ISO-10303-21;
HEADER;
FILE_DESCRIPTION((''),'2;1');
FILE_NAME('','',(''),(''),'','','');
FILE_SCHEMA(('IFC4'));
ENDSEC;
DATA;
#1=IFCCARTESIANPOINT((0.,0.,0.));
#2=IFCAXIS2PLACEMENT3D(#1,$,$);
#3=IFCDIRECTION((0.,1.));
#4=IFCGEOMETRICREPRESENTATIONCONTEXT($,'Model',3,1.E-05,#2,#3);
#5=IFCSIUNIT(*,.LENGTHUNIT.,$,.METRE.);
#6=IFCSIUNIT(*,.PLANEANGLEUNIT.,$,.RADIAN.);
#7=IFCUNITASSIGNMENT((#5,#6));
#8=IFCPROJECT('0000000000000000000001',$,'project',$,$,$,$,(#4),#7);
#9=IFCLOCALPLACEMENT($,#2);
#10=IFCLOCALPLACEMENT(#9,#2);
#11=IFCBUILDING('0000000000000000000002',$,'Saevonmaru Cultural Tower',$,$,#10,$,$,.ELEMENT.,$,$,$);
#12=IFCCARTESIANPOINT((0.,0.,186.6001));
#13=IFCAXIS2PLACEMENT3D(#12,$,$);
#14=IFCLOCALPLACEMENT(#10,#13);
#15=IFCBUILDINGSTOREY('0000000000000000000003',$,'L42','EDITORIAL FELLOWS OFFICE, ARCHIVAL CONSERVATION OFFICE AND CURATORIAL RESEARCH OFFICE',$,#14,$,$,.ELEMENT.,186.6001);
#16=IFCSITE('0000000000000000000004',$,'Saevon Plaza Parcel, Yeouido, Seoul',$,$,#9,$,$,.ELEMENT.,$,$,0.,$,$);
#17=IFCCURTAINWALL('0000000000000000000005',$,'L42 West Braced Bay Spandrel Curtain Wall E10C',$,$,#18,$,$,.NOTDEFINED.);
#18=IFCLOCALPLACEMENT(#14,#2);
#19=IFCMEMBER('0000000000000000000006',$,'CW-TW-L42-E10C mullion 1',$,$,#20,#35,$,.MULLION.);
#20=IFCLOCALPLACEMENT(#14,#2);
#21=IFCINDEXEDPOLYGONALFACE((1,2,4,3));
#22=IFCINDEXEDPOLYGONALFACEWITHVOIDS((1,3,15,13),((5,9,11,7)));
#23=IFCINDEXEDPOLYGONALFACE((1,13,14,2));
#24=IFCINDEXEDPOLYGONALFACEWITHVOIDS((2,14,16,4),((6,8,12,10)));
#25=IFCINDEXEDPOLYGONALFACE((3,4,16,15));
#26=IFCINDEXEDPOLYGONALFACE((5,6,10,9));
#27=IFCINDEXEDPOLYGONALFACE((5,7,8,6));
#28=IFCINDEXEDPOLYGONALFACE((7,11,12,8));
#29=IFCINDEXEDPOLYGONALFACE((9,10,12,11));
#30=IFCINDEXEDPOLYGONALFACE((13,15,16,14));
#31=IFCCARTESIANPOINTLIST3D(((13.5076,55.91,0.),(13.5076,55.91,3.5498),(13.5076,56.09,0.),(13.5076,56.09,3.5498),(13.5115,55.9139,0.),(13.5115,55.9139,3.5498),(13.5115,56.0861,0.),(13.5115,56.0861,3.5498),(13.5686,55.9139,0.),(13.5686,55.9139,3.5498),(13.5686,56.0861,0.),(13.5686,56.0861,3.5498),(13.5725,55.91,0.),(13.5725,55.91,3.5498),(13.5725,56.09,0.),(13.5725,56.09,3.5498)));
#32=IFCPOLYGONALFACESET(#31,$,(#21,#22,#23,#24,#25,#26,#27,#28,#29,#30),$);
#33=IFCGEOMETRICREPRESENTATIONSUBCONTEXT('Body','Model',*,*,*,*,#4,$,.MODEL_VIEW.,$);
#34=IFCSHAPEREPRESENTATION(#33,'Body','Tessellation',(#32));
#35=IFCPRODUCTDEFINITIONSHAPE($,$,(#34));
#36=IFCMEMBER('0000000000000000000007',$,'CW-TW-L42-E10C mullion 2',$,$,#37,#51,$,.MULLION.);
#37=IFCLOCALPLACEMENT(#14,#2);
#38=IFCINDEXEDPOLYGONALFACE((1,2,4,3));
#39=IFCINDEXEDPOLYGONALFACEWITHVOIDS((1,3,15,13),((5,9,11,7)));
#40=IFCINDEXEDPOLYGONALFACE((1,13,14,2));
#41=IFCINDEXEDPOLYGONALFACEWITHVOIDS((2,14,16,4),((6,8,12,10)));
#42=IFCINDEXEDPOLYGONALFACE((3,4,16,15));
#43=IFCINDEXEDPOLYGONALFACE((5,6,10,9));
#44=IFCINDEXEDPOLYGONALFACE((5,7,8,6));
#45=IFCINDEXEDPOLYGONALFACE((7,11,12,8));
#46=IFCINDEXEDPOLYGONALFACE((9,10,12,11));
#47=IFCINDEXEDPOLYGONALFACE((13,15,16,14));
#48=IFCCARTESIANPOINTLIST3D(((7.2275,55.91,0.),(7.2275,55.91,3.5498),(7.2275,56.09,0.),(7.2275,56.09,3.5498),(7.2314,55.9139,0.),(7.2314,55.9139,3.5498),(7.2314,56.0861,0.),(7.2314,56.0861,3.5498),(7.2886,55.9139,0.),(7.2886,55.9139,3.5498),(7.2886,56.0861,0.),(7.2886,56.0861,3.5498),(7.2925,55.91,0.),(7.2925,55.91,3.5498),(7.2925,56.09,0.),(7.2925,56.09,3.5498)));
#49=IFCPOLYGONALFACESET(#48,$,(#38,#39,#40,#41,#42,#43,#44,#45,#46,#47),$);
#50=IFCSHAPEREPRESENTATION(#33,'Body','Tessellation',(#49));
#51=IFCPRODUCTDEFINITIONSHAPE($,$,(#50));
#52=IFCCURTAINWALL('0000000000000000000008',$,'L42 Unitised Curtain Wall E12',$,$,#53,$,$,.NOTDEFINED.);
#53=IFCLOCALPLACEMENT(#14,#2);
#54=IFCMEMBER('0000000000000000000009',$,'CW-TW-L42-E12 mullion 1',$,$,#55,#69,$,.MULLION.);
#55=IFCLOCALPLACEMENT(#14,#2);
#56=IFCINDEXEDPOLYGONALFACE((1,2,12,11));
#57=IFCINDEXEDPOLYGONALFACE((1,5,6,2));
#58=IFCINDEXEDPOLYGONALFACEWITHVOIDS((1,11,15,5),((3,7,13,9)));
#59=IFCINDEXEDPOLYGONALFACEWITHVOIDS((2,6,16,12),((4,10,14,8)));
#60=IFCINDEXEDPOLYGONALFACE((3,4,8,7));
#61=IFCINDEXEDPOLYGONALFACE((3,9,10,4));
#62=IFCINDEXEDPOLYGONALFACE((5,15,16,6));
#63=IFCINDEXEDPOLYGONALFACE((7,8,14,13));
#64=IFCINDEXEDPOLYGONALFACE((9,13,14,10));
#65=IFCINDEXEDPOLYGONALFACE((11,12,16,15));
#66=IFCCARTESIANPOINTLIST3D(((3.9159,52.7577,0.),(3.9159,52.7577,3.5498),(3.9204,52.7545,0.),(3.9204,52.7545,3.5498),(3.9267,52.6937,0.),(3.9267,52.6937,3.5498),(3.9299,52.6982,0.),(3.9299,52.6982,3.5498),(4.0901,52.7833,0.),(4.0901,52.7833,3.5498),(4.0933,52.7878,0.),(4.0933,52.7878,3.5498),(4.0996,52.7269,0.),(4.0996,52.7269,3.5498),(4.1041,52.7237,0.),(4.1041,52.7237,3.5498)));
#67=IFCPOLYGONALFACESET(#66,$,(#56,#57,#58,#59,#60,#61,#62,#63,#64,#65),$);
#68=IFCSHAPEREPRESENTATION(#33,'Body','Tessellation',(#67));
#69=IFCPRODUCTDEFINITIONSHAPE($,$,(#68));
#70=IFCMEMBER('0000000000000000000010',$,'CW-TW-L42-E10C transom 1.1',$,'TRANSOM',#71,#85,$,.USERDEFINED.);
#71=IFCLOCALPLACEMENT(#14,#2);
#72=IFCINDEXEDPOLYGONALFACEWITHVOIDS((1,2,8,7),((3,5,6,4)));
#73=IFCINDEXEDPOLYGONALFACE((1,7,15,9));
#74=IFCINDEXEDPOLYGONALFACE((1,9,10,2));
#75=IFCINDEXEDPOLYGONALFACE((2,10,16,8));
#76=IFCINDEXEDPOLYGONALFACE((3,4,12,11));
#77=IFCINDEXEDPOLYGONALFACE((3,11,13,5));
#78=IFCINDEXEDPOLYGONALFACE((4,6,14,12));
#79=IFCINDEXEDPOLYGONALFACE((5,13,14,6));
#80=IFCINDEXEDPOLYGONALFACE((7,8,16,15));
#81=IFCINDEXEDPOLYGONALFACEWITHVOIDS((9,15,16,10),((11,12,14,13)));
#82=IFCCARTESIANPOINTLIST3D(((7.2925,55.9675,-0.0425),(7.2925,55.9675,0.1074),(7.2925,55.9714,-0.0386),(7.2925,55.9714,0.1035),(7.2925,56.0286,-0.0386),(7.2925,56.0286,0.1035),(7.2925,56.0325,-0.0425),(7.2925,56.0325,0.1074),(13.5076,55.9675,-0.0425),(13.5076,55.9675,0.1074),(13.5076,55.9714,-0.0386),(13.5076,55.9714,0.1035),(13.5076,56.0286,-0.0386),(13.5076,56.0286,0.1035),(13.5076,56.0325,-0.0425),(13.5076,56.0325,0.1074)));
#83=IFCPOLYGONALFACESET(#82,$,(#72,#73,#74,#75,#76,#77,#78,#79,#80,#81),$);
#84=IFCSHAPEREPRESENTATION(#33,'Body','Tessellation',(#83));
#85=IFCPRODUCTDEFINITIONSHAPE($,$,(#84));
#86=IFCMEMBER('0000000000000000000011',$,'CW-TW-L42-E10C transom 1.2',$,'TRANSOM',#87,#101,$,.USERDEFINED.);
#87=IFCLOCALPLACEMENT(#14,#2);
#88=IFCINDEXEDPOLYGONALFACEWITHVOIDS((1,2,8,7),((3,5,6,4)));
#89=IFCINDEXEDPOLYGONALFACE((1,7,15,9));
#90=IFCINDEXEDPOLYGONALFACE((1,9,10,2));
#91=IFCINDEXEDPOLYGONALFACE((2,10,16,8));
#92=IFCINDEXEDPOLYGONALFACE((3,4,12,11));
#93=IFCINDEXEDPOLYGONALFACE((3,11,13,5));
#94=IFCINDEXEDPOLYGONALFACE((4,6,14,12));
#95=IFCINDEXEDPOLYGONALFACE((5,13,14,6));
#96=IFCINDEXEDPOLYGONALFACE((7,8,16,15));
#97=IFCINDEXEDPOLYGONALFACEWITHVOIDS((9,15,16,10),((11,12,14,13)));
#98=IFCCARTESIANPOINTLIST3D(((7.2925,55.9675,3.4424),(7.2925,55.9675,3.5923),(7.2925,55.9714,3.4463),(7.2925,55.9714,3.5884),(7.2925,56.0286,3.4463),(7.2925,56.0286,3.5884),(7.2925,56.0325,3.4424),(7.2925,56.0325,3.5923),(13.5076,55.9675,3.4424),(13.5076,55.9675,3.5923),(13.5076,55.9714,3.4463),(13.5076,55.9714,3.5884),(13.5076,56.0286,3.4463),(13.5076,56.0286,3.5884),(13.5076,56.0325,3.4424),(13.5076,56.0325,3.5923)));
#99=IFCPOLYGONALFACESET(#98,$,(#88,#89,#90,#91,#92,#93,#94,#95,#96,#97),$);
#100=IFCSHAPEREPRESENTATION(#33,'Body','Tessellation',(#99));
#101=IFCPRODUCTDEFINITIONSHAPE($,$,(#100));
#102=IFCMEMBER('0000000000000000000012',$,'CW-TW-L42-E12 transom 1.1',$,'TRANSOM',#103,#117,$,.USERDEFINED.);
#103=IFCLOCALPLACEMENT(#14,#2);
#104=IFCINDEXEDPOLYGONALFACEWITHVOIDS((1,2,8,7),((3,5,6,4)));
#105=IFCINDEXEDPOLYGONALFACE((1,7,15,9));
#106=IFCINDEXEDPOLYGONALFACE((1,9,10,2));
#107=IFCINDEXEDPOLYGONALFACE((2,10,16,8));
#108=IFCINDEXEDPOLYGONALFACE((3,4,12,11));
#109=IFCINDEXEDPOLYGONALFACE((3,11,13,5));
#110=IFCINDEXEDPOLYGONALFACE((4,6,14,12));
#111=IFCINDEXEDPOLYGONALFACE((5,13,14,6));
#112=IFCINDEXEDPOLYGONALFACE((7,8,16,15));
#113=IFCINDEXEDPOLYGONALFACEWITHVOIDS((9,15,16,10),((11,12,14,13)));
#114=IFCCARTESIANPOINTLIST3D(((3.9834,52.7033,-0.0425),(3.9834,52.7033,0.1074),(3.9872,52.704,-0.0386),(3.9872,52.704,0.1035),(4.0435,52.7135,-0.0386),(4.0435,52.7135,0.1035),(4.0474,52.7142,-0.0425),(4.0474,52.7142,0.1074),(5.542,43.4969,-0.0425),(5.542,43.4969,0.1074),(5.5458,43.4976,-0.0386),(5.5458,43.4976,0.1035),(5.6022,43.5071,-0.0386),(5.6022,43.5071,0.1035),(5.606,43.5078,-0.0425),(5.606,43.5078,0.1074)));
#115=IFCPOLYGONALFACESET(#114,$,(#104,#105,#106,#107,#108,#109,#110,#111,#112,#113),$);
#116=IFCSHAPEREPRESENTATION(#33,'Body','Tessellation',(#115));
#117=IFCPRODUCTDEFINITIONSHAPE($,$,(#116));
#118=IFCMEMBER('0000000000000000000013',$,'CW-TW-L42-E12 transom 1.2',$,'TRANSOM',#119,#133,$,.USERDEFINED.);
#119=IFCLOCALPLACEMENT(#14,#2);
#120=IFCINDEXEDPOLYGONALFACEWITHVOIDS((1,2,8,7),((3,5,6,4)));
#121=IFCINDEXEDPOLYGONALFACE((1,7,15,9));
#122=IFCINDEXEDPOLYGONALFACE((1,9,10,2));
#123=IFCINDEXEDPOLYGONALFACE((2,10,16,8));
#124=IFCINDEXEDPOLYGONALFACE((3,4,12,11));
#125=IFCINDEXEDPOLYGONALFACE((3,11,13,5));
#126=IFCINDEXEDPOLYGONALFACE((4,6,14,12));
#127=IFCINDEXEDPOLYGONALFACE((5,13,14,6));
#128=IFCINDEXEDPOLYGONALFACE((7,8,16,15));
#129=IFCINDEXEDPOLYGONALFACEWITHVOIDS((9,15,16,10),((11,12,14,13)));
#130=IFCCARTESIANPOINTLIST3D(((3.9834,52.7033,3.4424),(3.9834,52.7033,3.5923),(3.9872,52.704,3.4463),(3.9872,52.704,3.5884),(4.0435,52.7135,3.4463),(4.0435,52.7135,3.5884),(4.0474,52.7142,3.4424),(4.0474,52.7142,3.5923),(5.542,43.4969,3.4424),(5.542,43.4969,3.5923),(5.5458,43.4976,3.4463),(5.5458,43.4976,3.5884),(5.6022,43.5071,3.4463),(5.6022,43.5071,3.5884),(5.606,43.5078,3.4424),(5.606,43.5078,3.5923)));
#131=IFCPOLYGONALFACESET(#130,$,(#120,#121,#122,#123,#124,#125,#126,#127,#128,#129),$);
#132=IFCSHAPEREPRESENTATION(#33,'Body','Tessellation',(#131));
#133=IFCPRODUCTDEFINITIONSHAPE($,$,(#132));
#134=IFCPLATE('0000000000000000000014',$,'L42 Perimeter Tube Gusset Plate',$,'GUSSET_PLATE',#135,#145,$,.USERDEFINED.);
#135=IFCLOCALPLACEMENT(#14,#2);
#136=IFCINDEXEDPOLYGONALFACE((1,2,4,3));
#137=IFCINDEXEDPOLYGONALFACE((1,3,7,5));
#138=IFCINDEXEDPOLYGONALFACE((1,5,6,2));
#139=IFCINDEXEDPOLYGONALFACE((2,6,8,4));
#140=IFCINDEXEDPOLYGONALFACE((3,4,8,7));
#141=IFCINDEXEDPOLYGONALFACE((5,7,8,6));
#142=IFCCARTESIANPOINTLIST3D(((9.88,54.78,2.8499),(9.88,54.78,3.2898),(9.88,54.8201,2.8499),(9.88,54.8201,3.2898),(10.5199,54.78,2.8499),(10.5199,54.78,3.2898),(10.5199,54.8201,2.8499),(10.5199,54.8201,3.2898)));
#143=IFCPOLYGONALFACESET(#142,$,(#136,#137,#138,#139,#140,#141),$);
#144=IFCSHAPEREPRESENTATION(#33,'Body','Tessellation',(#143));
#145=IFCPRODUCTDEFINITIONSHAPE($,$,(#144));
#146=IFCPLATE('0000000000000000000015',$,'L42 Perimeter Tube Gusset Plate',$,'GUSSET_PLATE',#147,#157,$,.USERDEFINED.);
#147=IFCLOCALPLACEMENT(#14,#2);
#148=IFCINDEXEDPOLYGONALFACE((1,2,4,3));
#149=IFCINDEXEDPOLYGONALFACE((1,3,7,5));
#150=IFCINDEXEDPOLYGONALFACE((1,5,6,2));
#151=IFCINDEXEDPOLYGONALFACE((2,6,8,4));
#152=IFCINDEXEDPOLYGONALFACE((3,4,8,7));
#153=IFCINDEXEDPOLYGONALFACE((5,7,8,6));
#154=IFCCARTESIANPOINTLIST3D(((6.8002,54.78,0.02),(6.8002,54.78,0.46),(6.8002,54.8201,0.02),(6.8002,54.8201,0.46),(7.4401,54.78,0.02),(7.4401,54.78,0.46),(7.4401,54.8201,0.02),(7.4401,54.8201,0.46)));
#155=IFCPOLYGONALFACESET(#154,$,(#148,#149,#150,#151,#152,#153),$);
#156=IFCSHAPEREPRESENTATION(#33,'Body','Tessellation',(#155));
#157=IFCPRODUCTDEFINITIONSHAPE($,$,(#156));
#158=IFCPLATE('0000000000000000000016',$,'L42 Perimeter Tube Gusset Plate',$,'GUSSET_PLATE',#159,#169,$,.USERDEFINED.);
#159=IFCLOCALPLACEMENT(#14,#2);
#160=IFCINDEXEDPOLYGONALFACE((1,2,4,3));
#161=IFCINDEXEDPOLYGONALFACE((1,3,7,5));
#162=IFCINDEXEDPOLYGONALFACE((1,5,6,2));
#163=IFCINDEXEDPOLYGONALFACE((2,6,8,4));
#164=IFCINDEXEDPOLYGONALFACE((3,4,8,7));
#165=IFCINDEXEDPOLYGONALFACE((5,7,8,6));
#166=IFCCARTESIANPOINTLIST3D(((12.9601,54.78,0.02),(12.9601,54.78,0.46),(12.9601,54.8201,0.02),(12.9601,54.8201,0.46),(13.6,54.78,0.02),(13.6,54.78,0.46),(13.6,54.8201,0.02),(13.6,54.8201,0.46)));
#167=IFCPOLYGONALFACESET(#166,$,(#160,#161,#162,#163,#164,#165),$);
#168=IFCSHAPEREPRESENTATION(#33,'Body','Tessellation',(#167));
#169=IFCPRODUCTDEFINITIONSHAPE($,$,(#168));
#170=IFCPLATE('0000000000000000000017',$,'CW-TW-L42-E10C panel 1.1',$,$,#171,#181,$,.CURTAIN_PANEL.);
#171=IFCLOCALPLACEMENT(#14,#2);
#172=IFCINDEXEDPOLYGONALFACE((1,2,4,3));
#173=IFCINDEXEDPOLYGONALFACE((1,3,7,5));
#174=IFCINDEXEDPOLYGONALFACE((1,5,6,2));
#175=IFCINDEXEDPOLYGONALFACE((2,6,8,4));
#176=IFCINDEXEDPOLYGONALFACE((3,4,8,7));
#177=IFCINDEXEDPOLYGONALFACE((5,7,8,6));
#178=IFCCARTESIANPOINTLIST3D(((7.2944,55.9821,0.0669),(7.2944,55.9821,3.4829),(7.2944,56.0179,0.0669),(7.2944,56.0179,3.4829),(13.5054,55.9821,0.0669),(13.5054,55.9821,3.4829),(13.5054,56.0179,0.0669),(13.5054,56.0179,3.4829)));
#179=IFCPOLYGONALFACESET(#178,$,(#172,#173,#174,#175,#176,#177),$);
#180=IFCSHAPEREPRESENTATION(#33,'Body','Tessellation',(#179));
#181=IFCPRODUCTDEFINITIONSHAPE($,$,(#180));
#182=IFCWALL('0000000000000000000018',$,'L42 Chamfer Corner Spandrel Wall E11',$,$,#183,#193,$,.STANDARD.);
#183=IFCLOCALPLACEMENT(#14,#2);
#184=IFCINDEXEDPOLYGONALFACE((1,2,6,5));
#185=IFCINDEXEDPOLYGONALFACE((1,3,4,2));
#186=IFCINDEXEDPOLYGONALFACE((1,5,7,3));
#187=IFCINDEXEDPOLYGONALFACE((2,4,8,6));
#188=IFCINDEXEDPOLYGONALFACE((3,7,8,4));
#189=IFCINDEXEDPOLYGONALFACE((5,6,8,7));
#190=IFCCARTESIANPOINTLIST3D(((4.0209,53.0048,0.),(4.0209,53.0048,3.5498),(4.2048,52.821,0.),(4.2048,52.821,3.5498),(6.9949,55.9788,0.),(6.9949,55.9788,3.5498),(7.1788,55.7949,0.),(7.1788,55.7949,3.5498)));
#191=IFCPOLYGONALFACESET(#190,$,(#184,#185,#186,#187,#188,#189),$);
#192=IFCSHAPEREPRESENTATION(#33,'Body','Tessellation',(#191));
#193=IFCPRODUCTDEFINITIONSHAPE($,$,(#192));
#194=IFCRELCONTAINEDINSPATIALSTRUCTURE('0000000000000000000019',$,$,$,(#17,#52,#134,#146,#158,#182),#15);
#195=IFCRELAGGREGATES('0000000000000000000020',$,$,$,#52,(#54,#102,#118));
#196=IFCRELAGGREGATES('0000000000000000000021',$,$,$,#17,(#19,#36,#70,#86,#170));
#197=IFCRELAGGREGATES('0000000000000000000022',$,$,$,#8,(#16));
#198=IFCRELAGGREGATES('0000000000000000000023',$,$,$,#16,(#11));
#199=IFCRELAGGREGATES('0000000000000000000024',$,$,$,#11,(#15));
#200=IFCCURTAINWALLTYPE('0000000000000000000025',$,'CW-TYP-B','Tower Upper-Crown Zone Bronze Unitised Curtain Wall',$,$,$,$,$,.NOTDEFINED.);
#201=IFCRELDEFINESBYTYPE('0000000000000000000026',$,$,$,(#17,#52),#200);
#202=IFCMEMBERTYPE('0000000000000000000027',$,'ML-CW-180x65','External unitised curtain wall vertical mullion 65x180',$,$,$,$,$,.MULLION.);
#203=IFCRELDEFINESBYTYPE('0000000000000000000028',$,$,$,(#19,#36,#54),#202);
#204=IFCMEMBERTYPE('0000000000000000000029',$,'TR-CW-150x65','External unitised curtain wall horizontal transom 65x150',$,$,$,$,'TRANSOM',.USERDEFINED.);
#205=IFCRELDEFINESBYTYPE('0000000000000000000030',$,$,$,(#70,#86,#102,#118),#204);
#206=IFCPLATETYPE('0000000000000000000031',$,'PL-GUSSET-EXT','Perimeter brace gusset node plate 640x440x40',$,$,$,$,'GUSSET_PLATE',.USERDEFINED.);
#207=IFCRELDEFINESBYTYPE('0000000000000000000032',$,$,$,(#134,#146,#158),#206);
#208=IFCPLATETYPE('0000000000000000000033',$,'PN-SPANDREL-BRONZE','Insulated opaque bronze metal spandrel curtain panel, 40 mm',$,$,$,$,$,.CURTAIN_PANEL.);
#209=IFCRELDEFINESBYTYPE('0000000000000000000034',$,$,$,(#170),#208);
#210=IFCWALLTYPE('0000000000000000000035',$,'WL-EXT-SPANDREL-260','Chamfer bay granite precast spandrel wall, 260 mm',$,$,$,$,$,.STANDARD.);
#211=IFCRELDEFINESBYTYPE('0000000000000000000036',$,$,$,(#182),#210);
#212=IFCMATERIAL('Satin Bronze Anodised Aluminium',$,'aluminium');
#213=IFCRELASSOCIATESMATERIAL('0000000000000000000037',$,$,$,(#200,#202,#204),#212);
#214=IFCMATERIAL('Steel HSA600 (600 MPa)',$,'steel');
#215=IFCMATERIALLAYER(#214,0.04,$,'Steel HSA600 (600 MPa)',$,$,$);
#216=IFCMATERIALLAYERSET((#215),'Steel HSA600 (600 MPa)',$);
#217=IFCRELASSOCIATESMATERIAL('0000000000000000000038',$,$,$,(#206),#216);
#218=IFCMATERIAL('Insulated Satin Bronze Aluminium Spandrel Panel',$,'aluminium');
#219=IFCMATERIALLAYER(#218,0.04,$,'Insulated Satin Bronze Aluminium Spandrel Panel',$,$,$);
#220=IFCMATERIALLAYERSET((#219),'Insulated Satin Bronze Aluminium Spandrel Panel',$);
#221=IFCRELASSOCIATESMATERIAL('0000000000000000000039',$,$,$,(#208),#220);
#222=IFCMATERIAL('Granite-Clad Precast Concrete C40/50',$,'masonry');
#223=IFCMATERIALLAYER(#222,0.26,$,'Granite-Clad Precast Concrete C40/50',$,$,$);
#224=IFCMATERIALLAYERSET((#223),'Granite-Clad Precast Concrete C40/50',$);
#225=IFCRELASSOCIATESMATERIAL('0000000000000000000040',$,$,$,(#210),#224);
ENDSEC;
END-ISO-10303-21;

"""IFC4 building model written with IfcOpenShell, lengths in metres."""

from ifc_helpers import new_model, si_unit, direction, frame, frame_2d, origin, origin_2d, place, context, subcontext, project, spatial, rectangle, hollow_rectangle, extrude, material, layer, layer_set, material_profile, profile_set, type_object, element, aggregate, save


model = new_model("IFC4")

# Units and contexts
model_context = context("Model", 3, precision=1e-05, world=origin(), true_north=direction((0.0, 1.0)))
body_context = subcontext(model_context, "Body", "Model", "MODEL_VIEW")
ifc_project = project(units=[si_unit("LENGTHUNIT", "METRE"), si_unit("PLANEANGLEUNIT", "RADIAN")], contexts=[model_context])

# Site, building, storey
site_placement = place(None, origin())
site = spatial("IfcSite", under=ifc_project, at=site_placement, Name="Saevon Plaza Parcel, Yeouido, Seoul", CompositionType="ELEMENT", RefElevation=0.0)
building_placement = place(site_placement, origin())
building = spatial("IfcBuilding", under=site, at=building_placement, Name="Saevonmaru Cultural Tower", CompositionType="ELEMENT")
storey_placement = place(building_placement, frame((0.0, 0.0, 186.6001)))
storey = spatial("IfcBuildingStorey", under=building, at=storey_placement, Name="L42", Description="EDITORIAL FELLOWS OFFICE, ARCHIVAL CONSERVATION OFFICE AND CURATORIAL RESEARCH OFFICE", CompositionType="ELEMENT", Elevation=186.6001)

# Curtain wall, members
ifc_material_1 = material(Name="Satin Bronze Anodised Aluminium", Category="aluminium")
curtain_wall_type = type_object("IfcCurtainWallType", Name="CW-TYP-B", Description="Tower Upper-Crown Zone Bronze Unitised Curtain Wall", PredefinedType="NOTDEFINED", material=ifc_material_1)
curtain_wall_1_placement = place(storey_placement, origin())
curtain_wall_1 = element("IfcCurtainWall", 1, at=curtain_wall_1_placement, inside=storey, type_object=curtain_wall_type, Name="L42 West Braced Bay Spandrel Curtain Wall E10C", PredefinedType="NOTDEFINED")
ifc_material_profile_1 = material_profile(ifc_material_1, hollow_rectangle(XDim=0.0649, YDim=0.1799, WallThickness=0.0039, at=origin_2d()), Name="ALU-MULL-180x65x4")
ifc_profile_set_1 = profile_set([ifc_material_profile_1], Name="Satin Bronze Anodised Aluminium")
member_type_1 = type_object("IfcMemberType", Name="ML-CW-180x65", Description="External unitised curtain wall vertical mullion 65x180", PredefinedType="MULLION", material=ifc_profile_set_1)
member_1_placement = place(storey_placement, frame((13.54, 56.0, 0.0), z_axis=(0.0, 0.0, 1.0), x_axis=(-1.0, 0.0, 0.0)))
member_1 = element("IfcMember", 2, at=member_1_placement, type_object=member_type_1, Name="CW-TW-L42-E10C mullion 1", PredefinedType="MULLION", context=body_context, shape_type="SweptSolid", body=[
    extrude(hollow_rectangle(XDim=0.0649, YDim=0.1799, WallThickness=0.0039, at=origin_2d()), origin(), (0.0, 0.0, 1.0), 3.5498),
])
member_2_placement = place(storey_placement, frame((7.26, 56.0, 0.0), z_axis=(0.0, 0.0, 1.0), x_axis=(-1.0, 0.0, 0.0)))
member_2 = element("IfcMember", 3, at=member_2_placement, type_object=member_type_1, Name="CW-TW-L42-E10C mullion 2", PredefinedType="MULLION", context=body_context, shape_type="SweptSolid", body=[
    extrude(hollow_rectangle(XDim=0.0649, YDim=0.1799, WallThickness=0.0039, at=origin_2d()), origin(), (0.0, 0.0, 1.0), 3.5498),
])

# Curtain wall, member
curtain_wall_2_placement = place(storey_placement, origin())
curtain_wall_2 = element("IfcCurtainWall", 4, at=curtain_wall_2_placement, inside=storey, type_object=curtain_wall_type, Name="L42 Unitised Curtain Wall E12", PredefinedType="NOTDEFINED")
member_3_placement = place(storey_placement, frame((4.01, 52.7407, 0.0), z_axis=(0.0, 0.0, 1.0), x_axis=(0.166922, -0.98597, 0.0)))
member_3 = element("IfcMember", 5, at=member_3_placement, type_object=member_type_1, Name="CW-TW-L42-E12 mullion 1", PredefinedType="MULLION", context=body_context, shape_type="SweptSolid", body=[
    extrude(hollow_rectangle(XDim=0.0649, YDim=0.1799, WallThickness=0.0039, at=origin_2d()), origin(), (0.0, 0.0, 1.0), 3.5498),
])

# Members
ifc_material_profile_2 = material_profile(ifc_material_1, hollow_rectangle(XDim=0.0649, YDim=0.1499, WallThickness=0.0039, at=origin_2d()), Name="ALU-TRAN-150x65x4")
ifc_profile_set_2 = profile_set([ifc_material_profile_2], Name="Satin Bronze Anodised Aluminium")
member_type_2 = type_object("IfcMemberType", Name="TR-CW-150x65", Description="External unitised curtain wall horizontal transom 65x150", ElementType="TRANSOM", PredefinedType="USERDEFINED", material=ifc_profile_set_2)
member_4_placement = place(storey_placement, frame((13.5076, 56.0, 0.0325), z_axis=(-1.0, 0.0, 0.0), x_axis=(0.0, -1.0, 0.0)))
member_4 = element("IfcMember", 6, at=member_4_placement, type_object=member_type_2, Name="CW-TW-L42-E10C transom 1.1", ObjectType="TRANSOM", PredefinedType="USERDEFINED", context=body_context, shape_type="SweptSolid", body=[
    extrude(hollow_rectangle(XDim=0.0649, YDim=0.1499, WallThickness=0.0039, at=origin_2d()), origin(), (0.0, 0.0, 1.0), 6.2151),
])
member_5_placement = place(storey_placement, frame((13.5076, 56.0, 3.5173), z_axis=(-1.0, 0.0, 0.0), x_axis=(0.0, -1.0, 0.0)))
member_5 = element("IfcMember", 7, at=member_5_placement, type_object=member_type_2, Name="CW-TW-L42-E10C transom 1.2", ObjectType="TRANSOM", PredefinedType="USERDEFINED", context=body_context, shape_type="SweptSolid", body=[
    extrude(hollow_rectangle(XDim=0.0649, YDim=0.1499, WallThickness=0.0039, at=origin_2d()), origin(), (0.0, 0.0, 1.0), 6.2151),
])
member_6_placement = place(storey_placement, frame((4.0154, 52.7087, 0.0325), z_axis=(0.166921, -0.98597, 0.0), x_axis=(0.98597, 0.166921, 0.0)))
member_6 = element("IfcMember", 8, at=member_6_placement, type_object=member_type_2, Name="CW-TW-L42-E12 transom 1.1", ObjectType="TRANSOM", PredefinedType="USERDEFINED", context=body_context, shape_type="SweptSolid", body=[
    extrude(hollow_rectangle(XDim=0.0649, YDim=0.1499, WallThickness=0.0039, at=origin_2d()), origin(), (0.0, 0.0, 1.0), 9.3374),
])
member_7_placement = place(storey_placement, frame((4.0154, 52.7087, 3.5173), z_axis=(0.166921, -0.98597, 0.0), x_axis=(0.98597, 0.166921, 0.0)))
member_7 = element("IfcMember", 9, at=member_7_placement, type_object=member_type_2, Name="CW-TW-L42-E12 transom 1.2", ObjectType="TRANSOM", PredefinedType="USERDEFINED", context=body_context, shape_type="SweptSolid", body=[
    extrude(hollow_rectangle(XDim=0.0649, YDim=0.1499, WallThickness=0.0039, at=origin_2d()), origin(), (0.0, 0.0, 1.0), 9.3374),
])
aggregate(curtain_wall_2, [member_3, member_6, member_7])

# Plates
ifc_material_2 = material(Name="Steel HSA600 (600 MPa)", Category="steel")
ifc_layer_1 = layer(ifc_material_2, 0.04, Name="Steel HSA600 (600 MPa)")
ifc_layer_set_1 = layer_set([ifc_layer_1], Name="Steel HSA600 (600 MPa)")
plate_type_1 = type_object("IfcPlateType", Name="PL-GUSSET-EXT", Description="Perimeter brace gusset node plate 640x440x40", ElementType="GUSSET_PLATE", PredefinedType="USERDEFINED", material=ifc_layer_set_1)
for number, where, z_axis, x_axis, name in (
    (10, (10.2, 54.8, 2.8499), (0.0, 0.0, 1.0), (1.0, 0.0, 0.0), "L42 Perimeter Tube Gusset Plate"),
    (11, (7.1201, 54.8, 0.02), (0.0, 0.0, 1.0), (1.0, 0.0, 0.0), "L42 Perimeter Tube Gusset Plate"),
    (12, (13.28, 54.8, 0.02), (0.0, 0.0, 1.0), (1.0, 0.0, 0.0), "L42 Perimeter Tube Gusset Plate"),
):
    element("IfcPlate", number, at=place(storey_placement, frame(where, z_axis=z_axis, x_axis=x_axis)), inside=storey, type_object=plate_type_1, Name=name, ObjectType="GUSSET_PLATE", PredefinedType="USERDEFINED", context=body_context, shape_type="SweptSolid", body=[
        extrude(rectangle(XDim=0.6399, YDim=0.04, at=origin_2d()), origin(), (0.0, 0.0, 1.0), 0.4399),
    ])

# Plate
ifc_material_3 = material(Name="Insulated Satin Bronze Aluminium Spandrel Panel", Category="aluminium")
ifc_layer_2 = layer(ifc_material_3, 0.04, Name="Insulated Satin Bronze Aluminium Spandrel Panel")
ifc_layer_set_2 = layer_set([ifc_layer_2], Name="Insulated Satin Bronze Aluminium Spandrel Panel")
plate_type_2 = type_object("IfcPlateType", Name="PN-SPANDREL-BRONZE", Description="Insulated opaque bronze metal spandrel curtain panel, 40 mm", PredefinedType="CURTAIN_PANEL", material=ifc_layer_set_2)
plate_placement = place(storey_placement, frame((10.3999, 56.0, 0.0669), z_axis=(0.0, 0.0, 1.0), x_axis=(-1.0, 0.0, 0.0)))
plate = element("IfcPlate", 13, at=plate_placement, type_object=plate_type_2, Name="CW-TW-L42-E10C panel 1.1", PredefinedType="CURTAIN_PANEL", context=body_context, shape_type="SweptSolid", body=[
    extrude(rectangle(XDim=6.2109, YDim=0.0359, at=origin_2d()), origin(), (0.0, 0.0, 1.0), 3.416),
])
aggregate(curtain_wall_1, [member_1, member_2, member_4, member_5, plate])

# Wall
ifc_material_4 = material(Name="Granite-Clad Precast Concrete C40/50", Category="masonry")
ifc_layer_3 = layer(ifc_material_4, 0.26, Name="Granite-Clad Precast Concrete C40/50")
ifc_layer_set_3 = layer_set([ifc_layer_3], Name="Granite-Clad Precast Concrete C40/50")
wall_type_1 = type_object("IfcWallType", Name="WL-EXT-SPANDREL-260", Description="Chamfer bay granite precast spandrel wall, 260 mm", PredefinedType="STANDARD", material=ifc_layer_set_3)
wall_1_placement = place(storey_placement, frame((7.0869, 55.887, 0.0), z_axis=(0.0, 0.0, 1.0), x_axis=(-0.707107, -0.707107, 0.0)))
element("IfcWall", 14, at=wall_1_placement, inside=storey, type_object=wall_type_1, Name="L42 Chamfer Corner Spandrel Wall E11", PredefinedType="STANDARD", context=body_context, shape_type="SweptSolid", body=[
    extrude(rectangle(XDim=4.2058, YDim=0.26, at=frame_2d((2.103, 0.0))), origin(), (0.0, 0.0, 1.0), 3.5498),
])

save(model, "model.ifc")
